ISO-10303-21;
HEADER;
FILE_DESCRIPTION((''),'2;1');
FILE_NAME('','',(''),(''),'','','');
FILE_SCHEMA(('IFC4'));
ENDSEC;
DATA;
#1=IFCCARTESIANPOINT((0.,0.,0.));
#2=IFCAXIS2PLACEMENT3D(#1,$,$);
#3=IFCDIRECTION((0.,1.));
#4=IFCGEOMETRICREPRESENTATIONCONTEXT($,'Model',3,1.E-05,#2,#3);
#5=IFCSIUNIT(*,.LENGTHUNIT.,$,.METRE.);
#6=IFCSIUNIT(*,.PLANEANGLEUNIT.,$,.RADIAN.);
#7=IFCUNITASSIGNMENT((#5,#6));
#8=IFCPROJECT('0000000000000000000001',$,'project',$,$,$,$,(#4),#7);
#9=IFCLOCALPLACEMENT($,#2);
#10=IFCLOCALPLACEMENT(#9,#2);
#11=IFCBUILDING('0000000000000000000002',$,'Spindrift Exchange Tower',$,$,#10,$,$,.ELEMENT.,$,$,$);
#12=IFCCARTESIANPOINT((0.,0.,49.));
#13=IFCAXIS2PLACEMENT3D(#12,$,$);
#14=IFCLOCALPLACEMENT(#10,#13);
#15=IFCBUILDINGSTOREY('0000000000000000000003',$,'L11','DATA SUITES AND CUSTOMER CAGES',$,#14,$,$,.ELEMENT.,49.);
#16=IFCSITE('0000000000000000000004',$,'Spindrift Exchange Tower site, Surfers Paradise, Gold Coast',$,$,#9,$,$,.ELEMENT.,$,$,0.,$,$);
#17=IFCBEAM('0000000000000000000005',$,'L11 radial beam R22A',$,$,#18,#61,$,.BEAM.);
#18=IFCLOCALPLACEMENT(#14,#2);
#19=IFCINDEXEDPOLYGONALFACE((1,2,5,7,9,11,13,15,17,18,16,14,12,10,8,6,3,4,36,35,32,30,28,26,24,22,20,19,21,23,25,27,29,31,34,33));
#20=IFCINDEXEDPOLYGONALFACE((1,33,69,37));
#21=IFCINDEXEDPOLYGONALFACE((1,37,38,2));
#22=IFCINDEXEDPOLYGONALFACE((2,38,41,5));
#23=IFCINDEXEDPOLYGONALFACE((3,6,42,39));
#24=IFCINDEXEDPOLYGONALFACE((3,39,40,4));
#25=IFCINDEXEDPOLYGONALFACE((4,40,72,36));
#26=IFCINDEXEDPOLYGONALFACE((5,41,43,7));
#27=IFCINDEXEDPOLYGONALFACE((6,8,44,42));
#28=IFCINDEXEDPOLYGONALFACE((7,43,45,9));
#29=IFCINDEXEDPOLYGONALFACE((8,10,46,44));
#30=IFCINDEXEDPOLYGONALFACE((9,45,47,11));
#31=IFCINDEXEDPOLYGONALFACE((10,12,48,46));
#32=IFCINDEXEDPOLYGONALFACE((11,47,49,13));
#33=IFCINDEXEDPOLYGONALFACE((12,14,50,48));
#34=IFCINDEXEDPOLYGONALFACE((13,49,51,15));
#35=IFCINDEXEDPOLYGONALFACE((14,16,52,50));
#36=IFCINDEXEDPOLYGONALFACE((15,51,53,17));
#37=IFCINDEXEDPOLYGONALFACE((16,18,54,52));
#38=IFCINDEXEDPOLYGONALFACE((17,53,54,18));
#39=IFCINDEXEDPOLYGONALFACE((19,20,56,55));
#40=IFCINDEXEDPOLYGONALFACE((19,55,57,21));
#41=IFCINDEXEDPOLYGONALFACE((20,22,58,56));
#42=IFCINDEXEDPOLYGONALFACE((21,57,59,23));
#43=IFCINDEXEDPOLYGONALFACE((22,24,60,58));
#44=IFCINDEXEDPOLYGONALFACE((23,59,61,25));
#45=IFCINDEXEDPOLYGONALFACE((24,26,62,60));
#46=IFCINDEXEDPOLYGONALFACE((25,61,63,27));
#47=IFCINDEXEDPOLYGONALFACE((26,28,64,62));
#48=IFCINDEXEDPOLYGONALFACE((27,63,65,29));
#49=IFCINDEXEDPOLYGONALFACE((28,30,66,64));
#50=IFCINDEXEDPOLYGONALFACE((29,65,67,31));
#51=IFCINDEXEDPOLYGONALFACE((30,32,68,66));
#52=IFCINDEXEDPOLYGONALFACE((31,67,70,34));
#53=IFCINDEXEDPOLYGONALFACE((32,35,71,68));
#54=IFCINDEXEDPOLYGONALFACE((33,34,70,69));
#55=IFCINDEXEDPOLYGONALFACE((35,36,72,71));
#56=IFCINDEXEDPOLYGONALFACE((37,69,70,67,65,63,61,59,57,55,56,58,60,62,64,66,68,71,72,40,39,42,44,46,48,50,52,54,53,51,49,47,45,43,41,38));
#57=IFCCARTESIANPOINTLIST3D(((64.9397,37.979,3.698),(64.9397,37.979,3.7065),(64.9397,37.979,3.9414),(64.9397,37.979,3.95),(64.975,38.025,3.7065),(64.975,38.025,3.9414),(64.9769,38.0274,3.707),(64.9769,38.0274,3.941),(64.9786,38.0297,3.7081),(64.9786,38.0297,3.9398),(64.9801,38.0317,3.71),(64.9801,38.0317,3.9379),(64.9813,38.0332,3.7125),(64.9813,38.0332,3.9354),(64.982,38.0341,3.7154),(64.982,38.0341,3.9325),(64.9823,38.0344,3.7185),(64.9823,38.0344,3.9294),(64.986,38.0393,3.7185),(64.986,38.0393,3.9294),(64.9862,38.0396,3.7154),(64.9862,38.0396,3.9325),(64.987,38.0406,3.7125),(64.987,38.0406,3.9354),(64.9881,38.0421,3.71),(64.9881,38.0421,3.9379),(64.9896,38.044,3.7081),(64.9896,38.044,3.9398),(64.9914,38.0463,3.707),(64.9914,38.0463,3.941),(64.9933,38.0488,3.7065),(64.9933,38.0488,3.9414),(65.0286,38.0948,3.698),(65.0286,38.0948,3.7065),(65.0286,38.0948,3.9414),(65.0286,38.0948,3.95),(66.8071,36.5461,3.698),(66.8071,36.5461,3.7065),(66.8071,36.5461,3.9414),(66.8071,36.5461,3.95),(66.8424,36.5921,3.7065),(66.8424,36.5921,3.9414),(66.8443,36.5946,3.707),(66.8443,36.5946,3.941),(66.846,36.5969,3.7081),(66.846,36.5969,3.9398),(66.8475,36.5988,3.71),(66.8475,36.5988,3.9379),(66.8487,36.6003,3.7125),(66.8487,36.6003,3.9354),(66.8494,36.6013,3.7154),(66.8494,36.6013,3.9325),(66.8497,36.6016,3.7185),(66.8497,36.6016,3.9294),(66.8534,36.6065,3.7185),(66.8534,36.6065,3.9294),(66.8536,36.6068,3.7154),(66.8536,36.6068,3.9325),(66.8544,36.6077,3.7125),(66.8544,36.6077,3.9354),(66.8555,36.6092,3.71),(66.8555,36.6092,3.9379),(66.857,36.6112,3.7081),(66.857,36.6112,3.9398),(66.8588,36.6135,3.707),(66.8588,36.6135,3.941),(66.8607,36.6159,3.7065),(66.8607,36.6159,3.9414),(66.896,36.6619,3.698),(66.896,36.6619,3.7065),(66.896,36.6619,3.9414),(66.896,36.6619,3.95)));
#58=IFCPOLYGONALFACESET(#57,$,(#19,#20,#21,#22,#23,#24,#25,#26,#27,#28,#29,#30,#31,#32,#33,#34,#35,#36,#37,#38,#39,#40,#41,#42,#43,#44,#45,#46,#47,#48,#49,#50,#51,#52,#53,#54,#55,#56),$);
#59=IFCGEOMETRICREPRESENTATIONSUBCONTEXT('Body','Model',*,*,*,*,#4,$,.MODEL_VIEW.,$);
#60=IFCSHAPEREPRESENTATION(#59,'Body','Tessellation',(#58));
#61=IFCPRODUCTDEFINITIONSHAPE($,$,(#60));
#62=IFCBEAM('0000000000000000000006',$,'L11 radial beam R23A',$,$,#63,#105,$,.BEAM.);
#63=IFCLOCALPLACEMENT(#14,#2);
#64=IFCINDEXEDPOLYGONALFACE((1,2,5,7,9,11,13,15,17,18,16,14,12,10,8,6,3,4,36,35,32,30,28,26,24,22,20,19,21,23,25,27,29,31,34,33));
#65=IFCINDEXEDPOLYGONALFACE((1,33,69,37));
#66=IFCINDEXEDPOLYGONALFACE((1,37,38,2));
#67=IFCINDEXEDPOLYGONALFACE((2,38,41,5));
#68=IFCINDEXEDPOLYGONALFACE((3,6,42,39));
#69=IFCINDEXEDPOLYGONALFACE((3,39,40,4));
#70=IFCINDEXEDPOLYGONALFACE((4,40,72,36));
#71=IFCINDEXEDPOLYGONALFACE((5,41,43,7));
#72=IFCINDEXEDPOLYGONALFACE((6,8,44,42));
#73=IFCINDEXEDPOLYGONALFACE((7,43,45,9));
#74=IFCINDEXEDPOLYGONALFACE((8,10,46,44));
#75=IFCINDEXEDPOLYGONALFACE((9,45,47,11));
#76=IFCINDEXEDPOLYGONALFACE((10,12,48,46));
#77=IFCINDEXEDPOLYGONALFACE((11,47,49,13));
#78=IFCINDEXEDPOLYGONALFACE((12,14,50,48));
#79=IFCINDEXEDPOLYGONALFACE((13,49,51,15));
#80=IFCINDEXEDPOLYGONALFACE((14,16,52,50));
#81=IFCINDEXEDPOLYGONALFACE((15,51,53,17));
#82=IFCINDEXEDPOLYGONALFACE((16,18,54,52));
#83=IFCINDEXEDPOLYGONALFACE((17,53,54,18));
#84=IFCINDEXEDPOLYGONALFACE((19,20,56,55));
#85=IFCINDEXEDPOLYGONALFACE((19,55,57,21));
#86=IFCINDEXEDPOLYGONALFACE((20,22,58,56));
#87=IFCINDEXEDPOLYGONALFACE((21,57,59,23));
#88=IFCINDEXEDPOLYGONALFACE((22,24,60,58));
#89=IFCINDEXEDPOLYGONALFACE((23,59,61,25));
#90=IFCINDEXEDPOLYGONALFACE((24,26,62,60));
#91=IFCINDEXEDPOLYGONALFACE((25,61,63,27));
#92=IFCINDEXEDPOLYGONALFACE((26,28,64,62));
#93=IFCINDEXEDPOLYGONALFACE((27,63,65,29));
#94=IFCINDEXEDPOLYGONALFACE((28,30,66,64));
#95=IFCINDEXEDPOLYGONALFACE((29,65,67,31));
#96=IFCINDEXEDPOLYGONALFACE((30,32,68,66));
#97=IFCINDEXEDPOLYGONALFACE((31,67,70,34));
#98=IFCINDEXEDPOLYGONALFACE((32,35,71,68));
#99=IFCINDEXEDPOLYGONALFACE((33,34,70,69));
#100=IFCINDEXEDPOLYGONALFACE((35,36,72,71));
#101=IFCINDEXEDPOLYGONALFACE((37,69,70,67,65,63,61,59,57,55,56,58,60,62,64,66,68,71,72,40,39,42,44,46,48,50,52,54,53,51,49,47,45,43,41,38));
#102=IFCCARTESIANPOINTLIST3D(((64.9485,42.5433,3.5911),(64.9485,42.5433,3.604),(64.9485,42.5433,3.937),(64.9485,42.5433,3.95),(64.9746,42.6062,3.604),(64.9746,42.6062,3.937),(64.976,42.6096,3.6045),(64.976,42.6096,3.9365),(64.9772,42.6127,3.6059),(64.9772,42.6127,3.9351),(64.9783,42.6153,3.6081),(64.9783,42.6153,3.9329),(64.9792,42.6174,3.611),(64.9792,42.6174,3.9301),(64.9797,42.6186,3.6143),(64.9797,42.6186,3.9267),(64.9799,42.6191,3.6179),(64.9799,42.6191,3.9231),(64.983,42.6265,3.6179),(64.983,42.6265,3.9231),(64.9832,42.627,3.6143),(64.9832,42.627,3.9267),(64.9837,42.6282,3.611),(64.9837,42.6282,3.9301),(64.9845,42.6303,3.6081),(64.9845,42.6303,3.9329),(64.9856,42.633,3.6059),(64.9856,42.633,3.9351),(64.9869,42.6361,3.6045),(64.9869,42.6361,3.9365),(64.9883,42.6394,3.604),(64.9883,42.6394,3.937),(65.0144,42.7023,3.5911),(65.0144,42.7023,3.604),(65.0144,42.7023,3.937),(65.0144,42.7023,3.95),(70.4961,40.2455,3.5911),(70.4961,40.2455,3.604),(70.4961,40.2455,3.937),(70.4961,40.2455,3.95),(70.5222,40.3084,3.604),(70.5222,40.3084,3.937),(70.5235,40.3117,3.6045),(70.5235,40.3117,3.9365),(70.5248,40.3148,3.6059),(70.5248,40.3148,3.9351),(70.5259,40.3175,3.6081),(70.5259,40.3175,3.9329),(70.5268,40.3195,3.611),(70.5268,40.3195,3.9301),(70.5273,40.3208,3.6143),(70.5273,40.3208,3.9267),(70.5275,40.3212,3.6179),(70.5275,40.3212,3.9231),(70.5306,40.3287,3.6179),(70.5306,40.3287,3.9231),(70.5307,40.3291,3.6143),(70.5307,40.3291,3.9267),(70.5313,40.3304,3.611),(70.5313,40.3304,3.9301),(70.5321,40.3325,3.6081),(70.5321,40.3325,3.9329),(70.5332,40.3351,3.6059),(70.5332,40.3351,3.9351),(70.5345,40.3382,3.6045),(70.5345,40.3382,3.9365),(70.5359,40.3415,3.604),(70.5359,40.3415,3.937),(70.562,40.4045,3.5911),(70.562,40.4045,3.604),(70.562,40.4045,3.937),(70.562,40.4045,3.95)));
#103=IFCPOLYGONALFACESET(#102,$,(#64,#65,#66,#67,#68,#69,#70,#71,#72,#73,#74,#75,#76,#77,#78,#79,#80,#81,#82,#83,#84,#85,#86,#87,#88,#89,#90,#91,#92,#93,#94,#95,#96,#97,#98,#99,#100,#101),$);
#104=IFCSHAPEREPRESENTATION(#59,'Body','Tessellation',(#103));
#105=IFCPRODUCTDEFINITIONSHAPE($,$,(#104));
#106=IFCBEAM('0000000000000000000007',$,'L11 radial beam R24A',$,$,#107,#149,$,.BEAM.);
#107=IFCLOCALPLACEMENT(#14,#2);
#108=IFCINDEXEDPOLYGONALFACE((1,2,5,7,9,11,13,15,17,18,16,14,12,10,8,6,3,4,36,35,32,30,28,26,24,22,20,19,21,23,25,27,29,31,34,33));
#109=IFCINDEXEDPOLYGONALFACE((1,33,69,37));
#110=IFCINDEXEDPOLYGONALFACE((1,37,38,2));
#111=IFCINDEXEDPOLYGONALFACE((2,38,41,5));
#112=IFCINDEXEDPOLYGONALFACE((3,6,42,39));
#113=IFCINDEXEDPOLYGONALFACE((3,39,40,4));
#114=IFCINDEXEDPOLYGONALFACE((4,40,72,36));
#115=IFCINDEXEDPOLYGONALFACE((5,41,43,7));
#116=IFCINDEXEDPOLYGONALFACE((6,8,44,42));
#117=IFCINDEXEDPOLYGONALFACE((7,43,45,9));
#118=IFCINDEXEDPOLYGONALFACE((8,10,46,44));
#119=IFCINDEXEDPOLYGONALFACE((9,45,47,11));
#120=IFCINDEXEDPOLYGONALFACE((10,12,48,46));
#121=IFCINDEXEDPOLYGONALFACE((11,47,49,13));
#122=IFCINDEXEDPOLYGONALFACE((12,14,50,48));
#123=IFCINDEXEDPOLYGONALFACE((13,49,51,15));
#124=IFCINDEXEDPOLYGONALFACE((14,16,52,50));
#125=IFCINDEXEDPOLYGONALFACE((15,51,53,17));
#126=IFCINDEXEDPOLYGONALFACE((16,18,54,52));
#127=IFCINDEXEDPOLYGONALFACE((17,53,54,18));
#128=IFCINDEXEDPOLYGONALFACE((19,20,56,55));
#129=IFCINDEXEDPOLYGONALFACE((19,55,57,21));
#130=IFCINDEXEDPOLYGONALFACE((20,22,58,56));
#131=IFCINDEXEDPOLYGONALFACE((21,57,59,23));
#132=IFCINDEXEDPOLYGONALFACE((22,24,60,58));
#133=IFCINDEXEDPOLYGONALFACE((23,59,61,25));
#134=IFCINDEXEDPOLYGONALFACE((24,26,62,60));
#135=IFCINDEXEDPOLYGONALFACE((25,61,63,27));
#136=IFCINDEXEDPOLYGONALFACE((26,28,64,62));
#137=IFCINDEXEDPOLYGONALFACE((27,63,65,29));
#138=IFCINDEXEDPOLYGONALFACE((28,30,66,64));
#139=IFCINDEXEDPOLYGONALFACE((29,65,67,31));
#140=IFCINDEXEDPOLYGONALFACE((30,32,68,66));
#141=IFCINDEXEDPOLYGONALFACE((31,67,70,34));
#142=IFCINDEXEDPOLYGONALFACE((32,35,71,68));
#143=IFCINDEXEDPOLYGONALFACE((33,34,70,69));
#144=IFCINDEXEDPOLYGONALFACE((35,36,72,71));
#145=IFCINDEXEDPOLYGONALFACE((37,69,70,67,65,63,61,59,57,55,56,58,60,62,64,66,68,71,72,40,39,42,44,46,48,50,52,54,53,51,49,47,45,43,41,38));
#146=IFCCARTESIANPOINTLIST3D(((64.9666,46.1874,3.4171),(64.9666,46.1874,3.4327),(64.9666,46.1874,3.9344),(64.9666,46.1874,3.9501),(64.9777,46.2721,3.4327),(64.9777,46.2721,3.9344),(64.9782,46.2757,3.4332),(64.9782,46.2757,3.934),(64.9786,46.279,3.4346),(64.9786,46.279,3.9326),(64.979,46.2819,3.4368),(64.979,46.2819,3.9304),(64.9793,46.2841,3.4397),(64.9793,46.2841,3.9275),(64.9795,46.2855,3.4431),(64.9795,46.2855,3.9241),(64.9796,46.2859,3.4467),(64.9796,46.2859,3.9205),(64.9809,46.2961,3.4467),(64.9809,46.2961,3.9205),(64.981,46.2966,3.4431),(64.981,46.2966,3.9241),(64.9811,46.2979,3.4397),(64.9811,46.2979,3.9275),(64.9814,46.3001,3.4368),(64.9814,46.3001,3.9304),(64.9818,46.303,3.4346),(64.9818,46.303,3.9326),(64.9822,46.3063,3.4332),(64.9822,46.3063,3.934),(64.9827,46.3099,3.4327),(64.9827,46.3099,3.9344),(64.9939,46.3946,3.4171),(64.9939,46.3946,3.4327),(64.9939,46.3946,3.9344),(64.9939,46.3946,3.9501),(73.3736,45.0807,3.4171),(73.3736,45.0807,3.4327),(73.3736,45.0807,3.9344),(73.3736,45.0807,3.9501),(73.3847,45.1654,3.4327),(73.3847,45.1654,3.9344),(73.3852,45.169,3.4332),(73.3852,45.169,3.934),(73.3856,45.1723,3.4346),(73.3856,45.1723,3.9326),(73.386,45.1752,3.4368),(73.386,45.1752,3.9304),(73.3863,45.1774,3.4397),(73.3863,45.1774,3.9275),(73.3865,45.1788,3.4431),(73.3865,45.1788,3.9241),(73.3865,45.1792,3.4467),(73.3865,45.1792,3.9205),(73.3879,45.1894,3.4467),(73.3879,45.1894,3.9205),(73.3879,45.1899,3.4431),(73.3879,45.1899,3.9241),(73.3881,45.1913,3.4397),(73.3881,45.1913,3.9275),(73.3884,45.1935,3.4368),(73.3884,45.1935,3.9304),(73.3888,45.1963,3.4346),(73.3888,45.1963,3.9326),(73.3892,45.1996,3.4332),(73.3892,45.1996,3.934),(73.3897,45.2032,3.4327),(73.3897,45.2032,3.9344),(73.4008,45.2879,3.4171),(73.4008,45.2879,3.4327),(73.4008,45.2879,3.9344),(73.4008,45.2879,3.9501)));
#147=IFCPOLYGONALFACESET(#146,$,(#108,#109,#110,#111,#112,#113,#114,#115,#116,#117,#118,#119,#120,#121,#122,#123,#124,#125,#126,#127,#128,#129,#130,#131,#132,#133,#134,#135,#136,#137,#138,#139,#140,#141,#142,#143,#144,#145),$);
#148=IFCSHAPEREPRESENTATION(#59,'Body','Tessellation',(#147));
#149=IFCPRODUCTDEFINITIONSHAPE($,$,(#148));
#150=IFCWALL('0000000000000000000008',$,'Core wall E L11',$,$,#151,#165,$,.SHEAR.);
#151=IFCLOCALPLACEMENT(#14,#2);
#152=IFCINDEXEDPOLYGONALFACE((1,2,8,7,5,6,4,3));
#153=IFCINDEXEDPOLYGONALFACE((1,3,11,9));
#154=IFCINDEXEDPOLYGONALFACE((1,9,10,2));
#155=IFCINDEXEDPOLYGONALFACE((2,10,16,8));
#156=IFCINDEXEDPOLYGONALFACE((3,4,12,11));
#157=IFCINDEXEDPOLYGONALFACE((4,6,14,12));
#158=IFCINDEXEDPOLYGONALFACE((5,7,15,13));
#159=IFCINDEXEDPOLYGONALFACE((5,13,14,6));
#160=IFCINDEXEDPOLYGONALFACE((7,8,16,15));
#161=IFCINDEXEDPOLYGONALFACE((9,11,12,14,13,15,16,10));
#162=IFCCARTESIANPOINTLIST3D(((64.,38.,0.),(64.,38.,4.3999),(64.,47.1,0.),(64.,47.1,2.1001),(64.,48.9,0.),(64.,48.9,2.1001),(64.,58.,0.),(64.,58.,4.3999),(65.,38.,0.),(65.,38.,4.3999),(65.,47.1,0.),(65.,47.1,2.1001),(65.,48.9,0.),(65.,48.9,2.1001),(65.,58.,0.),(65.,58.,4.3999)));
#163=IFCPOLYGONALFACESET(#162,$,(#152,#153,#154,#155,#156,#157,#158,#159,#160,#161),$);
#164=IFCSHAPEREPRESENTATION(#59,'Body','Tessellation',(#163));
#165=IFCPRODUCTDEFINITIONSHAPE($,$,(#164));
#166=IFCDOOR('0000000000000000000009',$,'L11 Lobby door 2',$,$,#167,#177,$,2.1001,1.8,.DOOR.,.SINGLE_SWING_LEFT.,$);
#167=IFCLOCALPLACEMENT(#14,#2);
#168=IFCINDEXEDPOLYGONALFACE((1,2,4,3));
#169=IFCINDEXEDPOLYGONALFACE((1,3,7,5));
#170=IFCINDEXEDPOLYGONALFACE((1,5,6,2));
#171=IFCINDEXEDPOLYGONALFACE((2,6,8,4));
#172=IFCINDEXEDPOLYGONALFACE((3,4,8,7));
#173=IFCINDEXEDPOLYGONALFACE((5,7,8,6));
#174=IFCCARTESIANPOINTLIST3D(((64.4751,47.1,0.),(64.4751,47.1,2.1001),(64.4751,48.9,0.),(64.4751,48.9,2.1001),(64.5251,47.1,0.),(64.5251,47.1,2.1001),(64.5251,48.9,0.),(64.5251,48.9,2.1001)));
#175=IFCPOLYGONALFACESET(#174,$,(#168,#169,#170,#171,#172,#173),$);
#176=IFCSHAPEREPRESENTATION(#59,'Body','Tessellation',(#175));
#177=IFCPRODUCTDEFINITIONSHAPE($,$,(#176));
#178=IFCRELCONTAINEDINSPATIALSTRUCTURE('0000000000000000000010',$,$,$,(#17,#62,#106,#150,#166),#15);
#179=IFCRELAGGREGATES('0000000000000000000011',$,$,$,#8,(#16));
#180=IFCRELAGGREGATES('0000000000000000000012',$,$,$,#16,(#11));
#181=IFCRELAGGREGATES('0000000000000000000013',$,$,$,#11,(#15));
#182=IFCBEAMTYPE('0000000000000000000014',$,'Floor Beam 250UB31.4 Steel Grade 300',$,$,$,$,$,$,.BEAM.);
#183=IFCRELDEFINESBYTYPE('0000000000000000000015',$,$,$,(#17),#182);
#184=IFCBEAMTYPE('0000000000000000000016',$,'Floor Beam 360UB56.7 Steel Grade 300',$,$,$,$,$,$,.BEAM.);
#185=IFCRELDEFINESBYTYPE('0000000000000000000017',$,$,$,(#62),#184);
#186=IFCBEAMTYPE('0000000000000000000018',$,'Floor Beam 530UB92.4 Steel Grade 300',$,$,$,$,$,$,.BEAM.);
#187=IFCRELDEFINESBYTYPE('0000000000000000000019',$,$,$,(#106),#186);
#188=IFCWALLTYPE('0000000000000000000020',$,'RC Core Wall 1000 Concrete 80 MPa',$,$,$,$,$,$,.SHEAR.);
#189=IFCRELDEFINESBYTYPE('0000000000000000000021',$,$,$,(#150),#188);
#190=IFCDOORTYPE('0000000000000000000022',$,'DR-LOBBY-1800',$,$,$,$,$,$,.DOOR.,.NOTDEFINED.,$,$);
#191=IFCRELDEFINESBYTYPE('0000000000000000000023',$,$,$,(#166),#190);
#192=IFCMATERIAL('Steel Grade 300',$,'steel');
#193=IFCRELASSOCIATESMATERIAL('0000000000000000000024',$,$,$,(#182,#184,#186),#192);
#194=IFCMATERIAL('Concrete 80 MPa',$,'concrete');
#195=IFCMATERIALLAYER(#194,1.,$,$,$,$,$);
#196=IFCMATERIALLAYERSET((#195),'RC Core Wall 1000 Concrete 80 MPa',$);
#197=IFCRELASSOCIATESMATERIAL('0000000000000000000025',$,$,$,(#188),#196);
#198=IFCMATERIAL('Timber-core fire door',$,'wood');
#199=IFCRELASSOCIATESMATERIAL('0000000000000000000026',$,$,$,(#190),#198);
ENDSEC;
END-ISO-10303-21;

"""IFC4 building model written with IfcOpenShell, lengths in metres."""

from ifc_helpers import new_model, si_unit, direction, frame, frame_2d, origin, origin_2d, place, context, subcontext, project, spatial, rectangle, i_section, extrude, source, transform, mapped, material, layer, layer_set, material_profile, profile_set, type_object, element, fill, save


model = new_model("IFC4")

# Units and contexts
model_context = context("Model", 3, precision=1e-05, world=origin(), true_north=direction((0.0, 1.0)))
body_context = subcontext(model_context, "Body", "Model", "MODEL_VIEW")
ifc_project = project(units=[si_unit("LENGTHUNIT", "METRE"), si_unit("PLANEANGLEUNIT", "RADIAN")], contexts=[model_context])

# Site, building, storey
site_placement = place(None, origin())
site = spatial("IfcSite", under=ifc_project, at=site_placement, Name="Spindrift Exchange Tower site, Surfers Paradise, Gold Coast", CompositionType="ELEMENT", RefElevation=0.0)
building_placement = place(site_placement, origin())
building = spatial("IfcBuilding", under=site, at=building_placement, Name="Spindrift Exchange Tower", CompositionType="ELEMENT")
storey_placement = place(building_placement, frame((0.0, 0.0, 49.0)))
storey = spatial("IfcBuildingStorey", under=building, at=storey_placement, Name="L11", Description="DATA SUITES AND CUSTOMER CAGES", CompositionType="ELEMENT", Elevation=49.0)

# Beams
ifc_material_1 = material(Name="Steel Grade 300", Category="steel")
ifc_material_profile_1 = material_profile(ifc_material_1, i_section(OverallWidth=0.146, OverallDepth=0.252, WebThickness=0.0061, FlangeThickness=0.0085, FilletRadius=0.012, at=origin_2d()), Name="250UB31.4")
ifc_profile_set_1 = profile_set([ifc_material_profile_1], Name="Steel Grade 300")
beam_type_1 = type_object("IfcBeamType", Name="Floor Beam 250UB31.4 Steel Grade 300", PredefinedType="BEAM", material=ifc_profile_set_1)
shared_shape_1 = source(origin(), body_context, "Body", "SweptSolid", [
    extrude(i_section(OverallWidth=0.146, OverallDepth=0.252, WebThickness=0.0061, FlangeThickness=0.0085, FilletRadius=0.012, at=origin_2d()), origin(), (0.0, 0.0, 1.0), 2.3538),
])
beam_1_placement = place(storey_placement, frame((64.9841, 38.0369, 3.824), z_axis=(0.793368, -0.608743, 0.0), x_axis=(0.608743, 0.793368, 0.0)))
element("IfcBeam", 1, at=beam_1_placement, inside=storey, type_object=beam_type_1, Name="L11 radial beam R22A", PredefinedType="BEAM", context=body_context, shape_type="MappedRepresentation", body=[
    mapped(shared_shape_1, transform((0.0, 0.0, 0.0), scale=1.0)),
])
ifc_material_profile_2 = material_profile(ifc_material_1, i_section(OverallWidth=0.1721, OverallDepth=0.3589, WebThickness=0.0081, FlangeThickness=0.0129, FilletRadius=0.0139, at=origin_2d()), Name="360UB56.7")
ifc_profile_set_2 = profile_set([ifc_material_profile_2], Name="Steel Grade 300")
beam_type_2 = type_object("IfcBeamType", Name="Floor Beam 360UB56.7 Steel Grade 300", PredefinedType="BEAM", material=ifc_profile_set_2)
shared_shape_2 = source(origin(), body_context, "Body", "SweptSolid", [
    extrude(i_section(OverallWidth=0.1721, OverallDepth=0.3589, WebThickness=0.0081, FlangeThickness=0.0129, FilletRadius=0.0139, at=origin_2d()), origin(), (0.0, 0.0, 1.0), 6.0046),
])
beam_2_placement = place(storey_placement, frame((64.9814, 42.6228, 3.7705), z_axis=(0.923882, -0.382677, 0.0), x_axis=(0.382677, 0.923882, 0.0)))
element("IfcBeam", 2, at=beam_2_placement, inside=storey, type_object=beam_type_2, Name="L11 radial beam R23A", PredefinedType="BEAM", context=body_context, shape_type="MappedRepresentation", body=[
    mapped(shared_shape_2, transform((0.0, 0.0, 0.0), scale=1.0)),
])
ifc_material_profile_3 = material_profile(ifc_material_1, i_section(OverallWidth=0.209, OverallDepth=0.533, WebThickness=0.0103, FlangeThickness=0.0156, FilletRadius=0.0139, at=origin_2d()), Name="530UB92.4")
ifc_profile_set_3 = profile_set([ifc_material_profile_3], Name="Steel Grade 300")
beam_type_3 = type_object("IfcBeamType", Name="Floor Beam 530UB92.4 Steel Grade 300", PredefinedType="BEAM", material=ifc_profile_set_3)
shared_shape_3 = source(origin(), body_context, "Body", "SweptSolid", [
    extrude(i_section(OverallWidth=0.209, OverallDepth=0.533, WebThickness=0.0103, FlangeThickness=0.0156, FilletRadius=0.0139, at=origin_2d()), origin(), (0.0, 0.0, 1.0), 8.4795),
])
beam_3_placement = place(storey_placement, frame((64.9802, 46.291, 3.6836), z_axis=(0.991447, -0.130513, 0.0), x_axis=(0.130513, 0.991447, 0.0)))
element("IfcBeam", 3, at=beam_3_placement, inside=storey, type_object=beam_type_3, Name="L11 radial beam R24A", PredefinedType="BEAM", context=body_context, shape_type="MappedRepresentation", body=[
    mapped(shared_shape_3, transform((0.0, 0.0, 0.0), scale=1.0)),
])

# Wall, opening, door
ifc_material_2 = material(Name="Concrete 80 MPa", Category="concrete")
ifc_layer_1 = layer(ifc_material_2, 1.0)
ifc_layer_set_1 = layer_set([ifc_layer_1], Name="RC Core Wall 1000 Concrete 80 MPa")
wall_type_1 = type_object("IfcWallType", Name="RC Core Wall 1000 Concrete 80 MPa", PredefinedType="SHEAR", material=ifc_layer_set_1)
wall_1_placement = place(storey_placement, frame((64.5, 38.0, 0.0), z_axis=(0.0, 0.0, 1.0), x_axis=(0.0, 1.0, 0.0)))
wall_1 = element("IfcWall", 4, at=wall_1_placement, inside=storey, type_object=wall_type_1, Name="Core wall E L11", PredefinedType="SHEAR", context=body_context, shape_type="SweptSolid", body=[
    extrude(rectangle(XDim=20.0, YDim=1.0, at=frame_2d((10.0, 0.0))), origin(), (0.0, 0.0, 1.0), 4.3999),
])
opening_1_placement = place(wall_1_placement, frame((9.1001, 0.0, 0.0)))
opening_1 = element("IfcOpeningElement", 5, at=opening_1_placement, cuts=wall_1, PredefinedType="OPENING", context=body_context, shape_type="SweptSolid", body=[
    extrude(rectangle(XDim=1.8, YDim=2.1001, at=frame_2d((0.8999, 1.05))), frame((0.0, 0.51, 0.0), z_axis=(0.0, -1.0, 0.0), x_axis=(1.0, 0.0, 0.0)), (0.0, 0.0, 1.0), 1.02),
])
ifc_material_3 = material(Name="Timber-core fire door", Category="wood")
door_type_1 = type_object("IfcDoorType", Name="DR-LOBBY-1800", OperationType="NOTDEFINED", PredefinedType="DOOR", material=ifc_material_3)
shared_shape_4 = source(origin(), body_context, "Body", "SweptSolid", [
    extrude(rectangle(XDim=1.8, YDim=2.1001, at=frame_2d((0.8999, 1.05))), frame((0.0, 0.0249, 0.0), z_axis=(0.0, -1.0, 0.0), x_axis=(1.0, 0.0, 0.0)), (0.0, 0.0, 1.0), 0.05),
])
door_1_placement = place(opening_1_placement, origin())
door_1 = element("IfcDoor", 6, at=door_1_placement, inside=storey, type_object=door_type_1, Name="L11 Lobby door 2", OperationType="SINGLE_SWING_LEFT", OverallHeight=2.1001, OverallWidth=1.8, PredefinedType="DOOR", context=body_context, shape_type="MappedRepresentation", body=[
    mapped(shared_shape_4, transform((0.0, 0.0, 0.0), scale=1.0)),
])
fill(opening_1, door_1)

save(model, "model.ifc")
